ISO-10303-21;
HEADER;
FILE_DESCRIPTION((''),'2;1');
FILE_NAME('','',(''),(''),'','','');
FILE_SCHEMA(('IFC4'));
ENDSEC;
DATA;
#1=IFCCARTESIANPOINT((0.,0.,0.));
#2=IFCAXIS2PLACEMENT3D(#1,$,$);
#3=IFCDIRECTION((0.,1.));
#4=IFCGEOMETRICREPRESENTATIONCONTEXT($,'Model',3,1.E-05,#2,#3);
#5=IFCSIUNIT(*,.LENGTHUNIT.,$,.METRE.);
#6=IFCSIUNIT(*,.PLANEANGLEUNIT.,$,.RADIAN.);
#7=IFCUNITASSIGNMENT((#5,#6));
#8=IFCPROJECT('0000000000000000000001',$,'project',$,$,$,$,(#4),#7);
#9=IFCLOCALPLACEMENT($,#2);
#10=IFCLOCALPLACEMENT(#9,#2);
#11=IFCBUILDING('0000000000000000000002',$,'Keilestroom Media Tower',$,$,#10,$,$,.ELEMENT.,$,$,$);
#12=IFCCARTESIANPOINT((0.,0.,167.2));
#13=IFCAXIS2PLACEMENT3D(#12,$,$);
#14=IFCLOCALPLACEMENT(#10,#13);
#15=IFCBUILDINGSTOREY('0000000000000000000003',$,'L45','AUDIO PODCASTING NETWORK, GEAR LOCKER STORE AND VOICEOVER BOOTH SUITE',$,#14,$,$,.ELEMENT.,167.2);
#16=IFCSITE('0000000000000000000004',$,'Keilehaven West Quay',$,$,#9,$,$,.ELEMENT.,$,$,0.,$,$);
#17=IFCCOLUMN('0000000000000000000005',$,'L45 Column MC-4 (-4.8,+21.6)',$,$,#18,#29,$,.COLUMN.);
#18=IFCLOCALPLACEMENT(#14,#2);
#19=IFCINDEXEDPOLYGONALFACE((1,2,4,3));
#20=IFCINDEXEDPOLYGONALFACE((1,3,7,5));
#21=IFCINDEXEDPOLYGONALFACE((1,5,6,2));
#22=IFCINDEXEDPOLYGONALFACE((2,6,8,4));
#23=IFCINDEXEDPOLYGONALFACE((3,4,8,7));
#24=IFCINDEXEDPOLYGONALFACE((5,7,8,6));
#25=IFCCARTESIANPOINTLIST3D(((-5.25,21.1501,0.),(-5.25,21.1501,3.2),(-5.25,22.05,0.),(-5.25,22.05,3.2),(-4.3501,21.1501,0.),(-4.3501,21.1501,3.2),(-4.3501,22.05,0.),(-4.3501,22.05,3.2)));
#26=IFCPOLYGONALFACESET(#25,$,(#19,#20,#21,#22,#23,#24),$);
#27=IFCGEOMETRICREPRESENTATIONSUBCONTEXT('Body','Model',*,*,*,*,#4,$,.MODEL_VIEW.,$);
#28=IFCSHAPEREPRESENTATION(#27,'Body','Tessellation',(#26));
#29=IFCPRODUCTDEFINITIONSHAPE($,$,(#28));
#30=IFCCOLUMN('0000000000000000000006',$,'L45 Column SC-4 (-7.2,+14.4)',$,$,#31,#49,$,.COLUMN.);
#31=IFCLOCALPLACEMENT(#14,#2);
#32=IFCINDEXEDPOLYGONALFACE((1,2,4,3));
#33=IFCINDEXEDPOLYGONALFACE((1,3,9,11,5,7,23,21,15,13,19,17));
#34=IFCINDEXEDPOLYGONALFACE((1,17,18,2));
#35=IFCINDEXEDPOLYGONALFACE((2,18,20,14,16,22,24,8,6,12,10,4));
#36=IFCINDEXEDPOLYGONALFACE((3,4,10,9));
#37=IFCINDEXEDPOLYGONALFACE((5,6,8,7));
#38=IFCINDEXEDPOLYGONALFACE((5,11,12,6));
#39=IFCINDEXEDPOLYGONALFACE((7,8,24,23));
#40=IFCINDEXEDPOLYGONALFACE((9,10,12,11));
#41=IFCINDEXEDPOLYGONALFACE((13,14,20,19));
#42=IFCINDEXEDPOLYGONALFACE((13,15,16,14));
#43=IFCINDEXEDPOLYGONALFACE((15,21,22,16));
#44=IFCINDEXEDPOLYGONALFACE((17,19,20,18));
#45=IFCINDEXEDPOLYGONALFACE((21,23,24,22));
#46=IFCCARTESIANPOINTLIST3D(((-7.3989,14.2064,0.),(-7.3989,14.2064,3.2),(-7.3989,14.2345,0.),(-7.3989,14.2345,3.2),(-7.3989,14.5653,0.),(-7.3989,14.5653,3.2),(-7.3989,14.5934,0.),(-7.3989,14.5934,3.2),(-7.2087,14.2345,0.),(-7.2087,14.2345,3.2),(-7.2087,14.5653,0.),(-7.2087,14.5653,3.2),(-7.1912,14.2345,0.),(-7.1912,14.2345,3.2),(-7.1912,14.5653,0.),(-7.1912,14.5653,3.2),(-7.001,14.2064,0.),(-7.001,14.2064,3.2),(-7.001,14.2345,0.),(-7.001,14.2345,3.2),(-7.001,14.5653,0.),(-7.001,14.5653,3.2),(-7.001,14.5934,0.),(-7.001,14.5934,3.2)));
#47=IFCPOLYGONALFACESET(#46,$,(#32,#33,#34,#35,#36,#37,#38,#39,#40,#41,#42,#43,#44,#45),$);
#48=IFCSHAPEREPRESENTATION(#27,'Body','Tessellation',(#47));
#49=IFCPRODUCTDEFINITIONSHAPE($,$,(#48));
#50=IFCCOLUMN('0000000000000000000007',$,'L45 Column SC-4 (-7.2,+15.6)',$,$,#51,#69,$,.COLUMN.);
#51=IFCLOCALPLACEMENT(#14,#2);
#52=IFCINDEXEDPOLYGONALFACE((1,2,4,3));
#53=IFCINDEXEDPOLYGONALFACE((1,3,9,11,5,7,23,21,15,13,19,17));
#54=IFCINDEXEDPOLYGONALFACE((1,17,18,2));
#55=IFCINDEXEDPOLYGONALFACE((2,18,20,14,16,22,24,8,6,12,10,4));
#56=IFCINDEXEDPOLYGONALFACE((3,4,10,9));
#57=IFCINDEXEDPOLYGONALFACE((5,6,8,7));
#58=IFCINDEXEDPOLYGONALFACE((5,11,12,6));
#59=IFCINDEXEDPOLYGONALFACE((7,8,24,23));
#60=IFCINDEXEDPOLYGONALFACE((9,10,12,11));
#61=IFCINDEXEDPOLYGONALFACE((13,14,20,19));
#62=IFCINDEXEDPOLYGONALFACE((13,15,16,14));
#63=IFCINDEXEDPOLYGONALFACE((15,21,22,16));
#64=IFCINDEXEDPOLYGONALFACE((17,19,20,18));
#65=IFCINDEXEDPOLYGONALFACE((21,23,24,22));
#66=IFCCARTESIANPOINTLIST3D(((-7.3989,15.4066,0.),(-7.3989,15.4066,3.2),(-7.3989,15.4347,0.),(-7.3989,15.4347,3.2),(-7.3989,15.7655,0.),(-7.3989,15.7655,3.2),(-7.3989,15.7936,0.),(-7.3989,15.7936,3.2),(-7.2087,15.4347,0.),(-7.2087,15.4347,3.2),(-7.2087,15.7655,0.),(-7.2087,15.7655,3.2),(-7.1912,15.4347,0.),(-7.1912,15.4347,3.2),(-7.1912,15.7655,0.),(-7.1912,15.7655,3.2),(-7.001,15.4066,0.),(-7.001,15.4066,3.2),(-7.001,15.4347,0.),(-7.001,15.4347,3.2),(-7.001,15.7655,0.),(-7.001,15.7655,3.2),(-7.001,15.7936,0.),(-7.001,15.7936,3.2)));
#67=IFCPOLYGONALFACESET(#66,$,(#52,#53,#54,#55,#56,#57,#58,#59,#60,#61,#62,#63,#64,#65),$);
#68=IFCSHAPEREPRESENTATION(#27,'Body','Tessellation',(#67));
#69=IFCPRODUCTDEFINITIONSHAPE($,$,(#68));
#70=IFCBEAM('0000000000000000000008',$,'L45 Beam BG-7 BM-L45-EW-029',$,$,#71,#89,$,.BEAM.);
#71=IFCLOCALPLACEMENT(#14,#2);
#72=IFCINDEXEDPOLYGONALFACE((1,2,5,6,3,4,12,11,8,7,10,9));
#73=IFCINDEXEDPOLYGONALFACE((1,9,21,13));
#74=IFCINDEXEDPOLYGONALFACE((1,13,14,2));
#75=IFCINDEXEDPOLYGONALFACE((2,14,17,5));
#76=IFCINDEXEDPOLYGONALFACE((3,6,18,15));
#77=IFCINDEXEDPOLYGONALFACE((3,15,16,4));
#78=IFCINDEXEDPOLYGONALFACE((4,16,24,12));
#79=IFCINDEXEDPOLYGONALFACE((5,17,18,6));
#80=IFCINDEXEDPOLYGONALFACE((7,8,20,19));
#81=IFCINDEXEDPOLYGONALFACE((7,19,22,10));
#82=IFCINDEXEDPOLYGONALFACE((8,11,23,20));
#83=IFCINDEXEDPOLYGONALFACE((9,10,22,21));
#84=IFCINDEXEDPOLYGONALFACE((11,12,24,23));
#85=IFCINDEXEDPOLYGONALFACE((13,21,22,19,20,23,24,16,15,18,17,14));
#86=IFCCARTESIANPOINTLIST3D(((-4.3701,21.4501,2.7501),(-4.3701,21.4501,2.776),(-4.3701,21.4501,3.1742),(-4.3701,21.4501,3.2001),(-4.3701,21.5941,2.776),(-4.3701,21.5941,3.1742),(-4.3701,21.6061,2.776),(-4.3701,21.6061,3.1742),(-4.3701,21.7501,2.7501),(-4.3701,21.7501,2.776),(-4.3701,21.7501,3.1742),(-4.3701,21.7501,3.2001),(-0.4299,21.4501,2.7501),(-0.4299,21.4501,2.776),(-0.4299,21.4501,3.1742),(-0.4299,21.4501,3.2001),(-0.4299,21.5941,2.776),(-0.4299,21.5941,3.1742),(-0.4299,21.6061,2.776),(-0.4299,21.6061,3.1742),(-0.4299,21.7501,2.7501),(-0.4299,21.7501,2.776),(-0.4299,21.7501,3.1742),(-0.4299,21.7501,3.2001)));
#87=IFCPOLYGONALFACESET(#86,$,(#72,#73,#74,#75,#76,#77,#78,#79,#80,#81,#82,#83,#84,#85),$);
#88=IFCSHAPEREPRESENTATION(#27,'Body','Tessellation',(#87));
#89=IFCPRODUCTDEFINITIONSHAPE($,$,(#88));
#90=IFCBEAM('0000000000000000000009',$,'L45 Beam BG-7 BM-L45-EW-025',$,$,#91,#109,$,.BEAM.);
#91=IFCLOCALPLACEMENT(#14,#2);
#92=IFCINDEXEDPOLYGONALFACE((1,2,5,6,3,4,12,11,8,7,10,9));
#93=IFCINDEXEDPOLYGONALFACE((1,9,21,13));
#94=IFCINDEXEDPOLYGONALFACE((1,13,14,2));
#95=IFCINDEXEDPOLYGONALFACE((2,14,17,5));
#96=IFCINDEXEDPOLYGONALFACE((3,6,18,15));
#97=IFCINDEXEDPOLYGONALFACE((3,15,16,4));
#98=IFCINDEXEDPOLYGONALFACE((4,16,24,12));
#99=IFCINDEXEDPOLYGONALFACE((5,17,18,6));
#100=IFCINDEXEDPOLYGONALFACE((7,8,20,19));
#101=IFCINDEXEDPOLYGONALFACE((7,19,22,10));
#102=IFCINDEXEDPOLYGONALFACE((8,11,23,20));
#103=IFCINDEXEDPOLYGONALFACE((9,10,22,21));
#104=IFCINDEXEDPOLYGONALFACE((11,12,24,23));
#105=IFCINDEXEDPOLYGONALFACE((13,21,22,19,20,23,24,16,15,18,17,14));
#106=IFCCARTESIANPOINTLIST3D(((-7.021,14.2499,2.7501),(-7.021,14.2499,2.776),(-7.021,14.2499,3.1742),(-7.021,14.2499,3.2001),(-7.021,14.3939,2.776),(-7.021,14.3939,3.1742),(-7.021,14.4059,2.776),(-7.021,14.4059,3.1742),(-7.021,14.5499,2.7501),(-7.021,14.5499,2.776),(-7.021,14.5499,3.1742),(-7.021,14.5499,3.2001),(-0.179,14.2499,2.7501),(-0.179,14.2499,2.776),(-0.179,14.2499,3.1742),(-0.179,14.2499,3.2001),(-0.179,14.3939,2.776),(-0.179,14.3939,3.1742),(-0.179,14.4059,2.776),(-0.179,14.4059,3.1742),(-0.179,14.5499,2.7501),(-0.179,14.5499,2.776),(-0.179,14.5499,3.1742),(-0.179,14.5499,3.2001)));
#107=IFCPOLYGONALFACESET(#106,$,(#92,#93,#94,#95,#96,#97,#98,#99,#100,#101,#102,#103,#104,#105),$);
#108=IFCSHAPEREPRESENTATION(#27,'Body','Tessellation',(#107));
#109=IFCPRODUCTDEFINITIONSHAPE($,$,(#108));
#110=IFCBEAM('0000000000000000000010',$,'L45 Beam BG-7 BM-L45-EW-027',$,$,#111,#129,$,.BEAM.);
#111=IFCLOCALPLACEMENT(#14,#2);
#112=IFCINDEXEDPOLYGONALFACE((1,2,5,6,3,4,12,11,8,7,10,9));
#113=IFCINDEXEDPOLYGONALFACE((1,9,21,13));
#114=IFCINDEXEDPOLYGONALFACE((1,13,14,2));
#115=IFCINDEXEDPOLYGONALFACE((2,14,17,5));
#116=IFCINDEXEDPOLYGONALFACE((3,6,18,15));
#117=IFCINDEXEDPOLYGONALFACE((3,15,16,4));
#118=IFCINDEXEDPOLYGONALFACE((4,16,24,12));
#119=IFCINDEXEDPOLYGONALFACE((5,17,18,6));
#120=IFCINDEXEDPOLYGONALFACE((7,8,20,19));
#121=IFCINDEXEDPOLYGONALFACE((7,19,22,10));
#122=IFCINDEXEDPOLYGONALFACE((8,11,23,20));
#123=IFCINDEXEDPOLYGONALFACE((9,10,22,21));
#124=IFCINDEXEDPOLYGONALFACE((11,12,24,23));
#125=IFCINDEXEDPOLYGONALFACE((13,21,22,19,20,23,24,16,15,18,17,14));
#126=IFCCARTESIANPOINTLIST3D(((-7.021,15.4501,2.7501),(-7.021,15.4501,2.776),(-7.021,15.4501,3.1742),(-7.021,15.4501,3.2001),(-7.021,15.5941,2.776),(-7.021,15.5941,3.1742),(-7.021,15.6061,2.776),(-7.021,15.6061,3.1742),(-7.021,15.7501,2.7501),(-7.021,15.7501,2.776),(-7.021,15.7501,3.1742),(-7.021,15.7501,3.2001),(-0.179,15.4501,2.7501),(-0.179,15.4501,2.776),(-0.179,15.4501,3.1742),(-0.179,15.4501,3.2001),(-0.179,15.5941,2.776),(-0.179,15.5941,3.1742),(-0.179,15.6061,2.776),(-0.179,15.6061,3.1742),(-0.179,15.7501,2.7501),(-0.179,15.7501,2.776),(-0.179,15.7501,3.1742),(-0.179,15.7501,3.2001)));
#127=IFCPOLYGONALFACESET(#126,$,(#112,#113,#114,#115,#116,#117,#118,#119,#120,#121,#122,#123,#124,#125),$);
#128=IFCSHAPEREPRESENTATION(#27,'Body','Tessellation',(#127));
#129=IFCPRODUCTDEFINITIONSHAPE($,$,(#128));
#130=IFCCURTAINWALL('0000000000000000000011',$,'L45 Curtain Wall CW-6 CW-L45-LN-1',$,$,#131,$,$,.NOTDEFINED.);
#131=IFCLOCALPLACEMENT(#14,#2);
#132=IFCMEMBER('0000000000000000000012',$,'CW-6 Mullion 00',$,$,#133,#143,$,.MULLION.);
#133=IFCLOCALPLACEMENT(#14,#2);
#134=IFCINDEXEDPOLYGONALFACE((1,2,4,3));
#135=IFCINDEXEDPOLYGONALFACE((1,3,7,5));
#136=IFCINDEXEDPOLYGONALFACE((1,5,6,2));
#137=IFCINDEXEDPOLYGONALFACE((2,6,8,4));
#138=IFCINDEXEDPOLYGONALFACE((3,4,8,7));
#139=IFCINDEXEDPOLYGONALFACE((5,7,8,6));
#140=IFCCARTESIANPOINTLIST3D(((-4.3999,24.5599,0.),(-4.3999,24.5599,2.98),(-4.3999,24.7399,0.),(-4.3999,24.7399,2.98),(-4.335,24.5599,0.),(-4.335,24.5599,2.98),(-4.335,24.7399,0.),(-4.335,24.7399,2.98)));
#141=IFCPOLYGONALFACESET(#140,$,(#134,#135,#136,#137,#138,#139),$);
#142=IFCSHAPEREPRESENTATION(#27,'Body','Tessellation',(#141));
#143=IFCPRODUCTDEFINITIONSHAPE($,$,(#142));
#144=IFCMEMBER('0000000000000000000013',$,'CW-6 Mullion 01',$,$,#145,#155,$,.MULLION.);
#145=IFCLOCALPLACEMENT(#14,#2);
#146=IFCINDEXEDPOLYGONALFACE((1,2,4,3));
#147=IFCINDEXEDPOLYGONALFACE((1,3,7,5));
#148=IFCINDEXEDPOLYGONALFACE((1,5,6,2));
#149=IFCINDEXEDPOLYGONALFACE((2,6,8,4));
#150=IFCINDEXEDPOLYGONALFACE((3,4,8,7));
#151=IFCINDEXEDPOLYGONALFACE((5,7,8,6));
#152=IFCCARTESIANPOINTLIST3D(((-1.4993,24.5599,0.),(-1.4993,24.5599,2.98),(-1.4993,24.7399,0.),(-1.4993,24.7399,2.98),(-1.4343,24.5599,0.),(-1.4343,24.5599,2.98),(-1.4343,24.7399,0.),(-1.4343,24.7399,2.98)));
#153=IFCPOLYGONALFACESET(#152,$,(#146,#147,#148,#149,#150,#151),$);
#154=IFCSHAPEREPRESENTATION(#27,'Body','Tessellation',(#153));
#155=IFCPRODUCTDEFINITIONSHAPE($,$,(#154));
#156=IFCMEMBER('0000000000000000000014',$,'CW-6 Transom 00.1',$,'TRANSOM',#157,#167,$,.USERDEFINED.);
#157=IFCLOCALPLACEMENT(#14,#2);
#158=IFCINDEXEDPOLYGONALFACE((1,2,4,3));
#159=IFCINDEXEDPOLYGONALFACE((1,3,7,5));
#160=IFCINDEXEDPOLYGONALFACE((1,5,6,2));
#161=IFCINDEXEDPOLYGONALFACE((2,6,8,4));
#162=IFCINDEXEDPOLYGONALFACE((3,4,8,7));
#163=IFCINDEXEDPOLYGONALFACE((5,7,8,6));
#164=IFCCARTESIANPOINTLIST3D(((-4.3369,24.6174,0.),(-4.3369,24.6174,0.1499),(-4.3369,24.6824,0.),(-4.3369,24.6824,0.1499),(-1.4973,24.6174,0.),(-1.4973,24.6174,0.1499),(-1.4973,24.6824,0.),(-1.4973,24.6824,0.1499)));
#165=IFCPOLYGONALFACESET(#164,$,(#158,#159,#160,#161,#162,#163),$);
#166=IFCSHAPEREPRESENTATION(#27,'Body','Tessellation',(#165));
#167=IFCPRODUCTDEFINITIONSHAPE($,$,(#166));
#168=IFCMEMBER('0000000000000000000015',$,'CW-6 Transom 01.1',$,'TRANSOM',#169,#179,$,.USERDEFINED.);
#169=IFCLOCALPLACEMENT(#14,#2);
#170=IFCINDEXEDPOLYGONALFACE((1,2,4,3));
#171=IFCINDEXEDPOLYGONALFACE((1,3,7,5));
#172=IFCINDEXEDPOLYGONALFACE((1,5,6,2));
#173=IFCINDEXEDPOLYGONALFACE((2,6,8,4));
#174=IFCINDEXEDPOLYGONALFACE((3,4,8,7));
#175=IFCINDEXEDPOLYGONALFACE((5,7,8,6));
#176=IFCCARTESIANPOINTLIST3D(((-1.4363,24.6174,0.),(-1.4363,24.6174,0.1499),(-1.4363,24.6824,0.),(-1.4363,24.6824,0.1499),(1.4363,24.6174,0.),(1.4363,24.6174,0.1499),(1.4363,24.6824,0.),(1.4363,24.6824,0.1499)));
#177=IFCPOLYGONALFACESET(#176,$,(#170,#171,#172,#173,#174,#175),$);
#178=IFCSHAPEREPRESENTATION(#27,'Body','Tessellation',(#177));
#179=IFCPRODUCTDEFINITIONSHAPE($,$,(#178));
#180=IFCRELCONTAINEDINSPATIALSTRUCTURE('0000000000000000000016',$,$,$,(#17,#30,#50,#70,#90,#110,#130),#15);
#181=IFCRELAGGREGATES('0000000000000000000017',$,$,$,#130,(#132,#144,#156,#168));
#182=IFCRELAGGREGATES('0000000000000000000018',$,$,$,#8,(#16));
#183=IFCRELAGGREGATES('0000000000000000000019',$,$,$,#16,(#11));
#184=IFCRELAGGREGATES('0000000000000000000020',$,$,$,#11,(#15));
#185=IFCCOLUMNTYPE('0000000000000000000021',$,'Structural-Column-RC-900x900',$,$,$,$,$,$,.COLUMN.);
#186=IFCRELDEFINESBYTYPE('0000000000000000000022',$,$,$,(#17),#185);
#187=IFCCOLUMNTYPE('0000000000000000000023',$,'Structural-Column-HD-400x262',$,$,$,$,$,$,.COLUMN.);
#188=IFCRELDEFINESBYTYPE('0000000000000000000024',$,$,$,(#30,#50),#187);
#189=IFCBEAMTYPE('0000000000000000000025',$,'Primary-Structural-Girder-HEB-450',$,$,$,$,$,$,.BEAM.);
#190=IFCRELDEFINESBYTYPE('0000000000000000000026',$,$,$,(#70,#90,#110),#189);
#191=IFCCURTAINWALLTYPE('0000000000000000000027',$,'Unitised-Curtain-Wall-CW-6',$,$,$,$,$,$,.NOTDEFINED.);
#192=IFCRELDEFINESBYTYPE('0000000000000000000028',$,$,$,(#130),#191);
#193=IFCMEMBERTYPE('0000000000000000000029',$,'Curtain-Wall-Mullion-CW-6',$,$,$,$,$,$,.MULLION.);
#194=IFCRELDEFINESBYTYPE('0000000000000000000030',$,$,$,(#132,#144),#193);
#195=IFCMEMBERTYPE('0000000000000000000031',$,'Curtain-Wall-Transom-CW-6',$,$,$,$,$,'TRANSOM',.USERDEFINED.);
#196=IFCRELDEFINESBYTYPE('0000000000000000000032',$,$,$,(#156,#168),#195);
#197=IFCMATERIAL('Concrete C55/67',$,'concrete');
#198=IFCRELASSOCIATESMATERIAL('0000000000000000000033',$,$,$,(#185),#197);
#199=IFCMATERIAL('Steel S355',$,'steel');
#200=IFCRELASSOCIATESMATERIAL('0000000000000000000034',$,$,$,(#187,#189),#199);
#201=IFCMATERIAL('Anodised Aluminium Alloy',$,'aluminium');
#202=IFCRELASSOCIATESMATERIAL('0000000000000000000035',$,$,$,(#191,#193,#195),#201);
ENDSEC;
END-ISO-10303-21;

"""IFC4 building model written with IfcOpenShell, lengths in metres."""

from ifc_helpers import new_model, si_unit, direction, frame, origin, origin_2d, place, context, subcontext, project, spatial, rectangle, i_section, extrude, source, transform, mapped, material, material_profile, profile_set, type_object, element, aggregate, save


model = new_model("IFC4")

# Units and contexts
model_context = context("Model", 3, precision=1e-05, world=origin(), true_north=direction((0.0, 1.0)))
body_context = subcontext(model_context, "Body", "Model", "MODEL_VIEW")
ifc_project = project(units=[si_unit("LENGTHUNIT", "METRE"), si_unit("PLANEANGLEUNIT", "RADIAN")], contexts=[model_context])

# Site, building, storey
site_placement = place(None, origin())
site = spatial("IfcSite", under=ifc_project, at=site_placement, Name="Keilehaven West Quay", CompositionType="ELEMENT", RefElevation=0.0)
building_placement = place(site_placement, origin())
building = spatial("IfcBuilding", under=site, at=building_placement, Name="Keilestroom Media Tower", CompositionType="ELEMENT")
storey_placement = place(building_placement, frame((0.0, 0.0, 167.2)))
storey = spatial("IfcBuildingStorey", under=building, at=storey_placement, Name="L45", Description="AUDIO PODCASTING NETWORK, GEAR LOCKER STORE AND VOICEOVER BOOTH SUITE", CompositionType="ELEMENT", Elevation=167.2)

# Columns
ifc_material_1 = material(Name="Concrete C55/67", Category="concrete")
ifc_material_profile_1 = material_profile(ifc_material_1, rectangle(XDim=0.8999, YDim=0.8999, at=origin_2d()), Name="RC 900x900")
ifc_profile_set_1 = profile_set([ifc_material_profile_1], Name="Concrete C55/67")
column_type_1 = type_object("IfcColumnType", Name="Structural-Column-RC-900x900", PredefinedType="COLUMN", material=ifc_profile_set_1)
shared_shape_1 = source(origin(), body_context, "Body", "SweptSolid", [
    extrude(rectangle(XDim=0.8999, YDim=0.8999, at=origin_2d()), origin(), (0.0, 0.0, 1.0), 3.2),
])
column_placement = place(storey_placement, frame((-4.8, 21.6001, 0.0), z_axis=(0.0, 0.0, 1.0), x_axis=(1.0, 0.0, 0.0)))
element("IfcColumn", 1, at=column_placement, inside=storey, type_object=column_type_1, Name="L45 Column MC-4 (-4.8,+21.6)", PredefinedType="COLUMN", context=body_context, shape_type="MappedRepresentation", body=[
    mapped(shared_shape_1, transform((0.0, 0.0, 0.0), x_axis=(1.0, 0.0, 0.0), y_axis=(0.0, 1.0, 0.0), z_axis=(0.0, 0.0, 1.0), scale=1.0)),
])
ifc_material_2 = material(Name="Steel S355", Category="steel")
ifc_material_profile_2 = material_profile(ifc_material_2, i_section(OverallWidth=0.3979, OverallDepth=0.387, WebThickness=0.0176, FlangeThickness=0.0281, at=origin_2d()), Name="HD 400x262")
ifc_profile_set_2 = profile_set([ifc_material_profile_2], Name="Steel S355")
column_type_2 = type_object("IfcColumnType", Name="Structural-Column-HD-400x262", PredefinedType="COLUMN", material=ifc_profile_set_2)
shared_shape_2 = source(origin(), body_context, "Body", "SweptSolid", [
    extrude(i_section(OverallWidth=0.3979, OverallDepth=0.387, WebThickness=0.0176, FlangeThickness=0.0281, at=origin_2d()), origin(), (0.0, 0.0, 1.0), 3.2),
])
for number, where, z_axis, x_axis, name in (
    (2, (-7.2, 14.3999, 0.0), (0.0, 0.0, 1.0), (1.0, 0.0, 0.0), "L45 Column SC-4 (-7.2,+14.4)"),
    (3, (-7.2, 15.6001, 0.0), (0.0, 0.0, 1.0), (1.0, 0.0, 0.0), "L45 Column SC-4 (-7.2,+15.6)"),
):
    element("IfcColumn", number, at=place(storey_placement, frame(where, z_axis=z_axis, x_axis=x_axis)), inside=storey, type_object=column_type_2, Name=name, PredefinedType="COLUMN", context=body_context, shape_type="MappedRepresentation", body=[
        mapped(shared_shape_2, transform((0.0, 0.0, 0.0), x_axis=(1.0, 0.0, 0.0), y_axis=(0.0, 1.0, 0.0), z_axis=(0.0, 0.0, 1.0), scale=1.0)),
    ])

# Beams
ifc_material_profile_3 = material_profile(ifc_material_2, i_section(OverallWidth=0.3, OverallDepth=0.45, WebThickness=0.012, FlangeThickness=0.0259, at=origin_2d()), Name="HEB 450")
ifc_profile_set_3 = profile_set([ifc_material_profile_3], Name="Steel S355")
beam_type = type_object("IfcBeamType", Name="Primary-Structural-Girder-HEB-450", PredefinedType="BEAM", material=ifc_profile_set_3)
shared_shape_3 = source(origin(), body_context, "Body", "SweptSolid", [
    extrude(i_section(OverallWidth=0.3, OverallDepth=0.45, WebThickness=0.012, FlangeThickness=0.0259, at=origin_2d()), origin(), (0.0, 0.0, 1.0), 3.9402),
])
beam_placement = place(storey_placement, frame((-4.3701, 21.6001, 2.9751), z_axis=(1.0, 0.0, 0.0), x_axis=(0.0, 1.0, 0.0)))
element("IfcBeam", 4, at=beam_placement, inside=storey, type_object=beam_type, Name="L45 Beam BG-7 BM-L45-EW-029", PredefinedType="BEAM", context=body_context, shape_type="MappedRepresentation", body=[
    mapped(shared_shape_3, transform((0.0, 0.0, 0.0), x_axis=(1.0, 0.0, 0.0), y_axis=(0.0, 1.0, 0.0), z_axis=(0.0, 0.0, 1.0), scale=1.0)),
])
shared_shape_4 = source(origin(), body_context, "Body", "SweptSolid", [
    extrude(i_section(OverallWidth=0.3, OverallDepth=0.45, WebThickness=0.012, FlangeThickness=0.0259, at=origin_2d()), origin(), (0.0, 0.0, 1.0), 6.842),
])
for number, where, z_axis, x_axis, name in (
    (5, (-7.021, 14.3999, 2.9751), (1.0, 0.0, 0.0), (0.0, 1.0, 0.0), "L45 Beam BG-7 BM-L45-EW-025"),
    (6, (-7.021, 15.6001, 2.9751), (1.0, 0.0, 0.0), (0.0, 1.0, 0.0), "L45 Beam BG-7 BM-L45-EW-027"),
):
    element("IfcBeam", number, at=place(storey_placement, frame(where, z_axis=z_axis, x_axis=x_axis)), inside=storey, type_object=beam_type, Name=name, PredefinedType="BEAM", context=body_context, shape_type="MappedRepresentation", body=[
        mapped(shared_shape_4, transform((0.0, 0.0, 0.0), x_axis=(1.0, 0.0, 0.0), y_axis=(0.0, 1.0, 0.0), z_axis=(0.0, 0.0, 1.0), scale=1.0)),
    ])

# Curtain wall, members
ifc_material_3 = material(Name="Anodised Aluminium Alloy", Category="aluminium")
curtain_wall_type = type_object("IfcCurtainWallType", Name="Unitised-Curtain-Wall-CW-6", PredefinedType="NOTDEFINED", material=ifc_material_3)
curtain_wall_placement = place(storey_placement, origin())
curtain_wall = element("IfcCurtainWall", 7, at=curtain_wall_placement, inside=storey, type_object=curtain_wall_type, Name="L45 Curtain Wall CW-6 CW-L45-LN-1", PredefinedType="NOTDEFINED")
ifc_material_profile_4 = material_profile(ifc_material_3, rectangle(XDim=0.0649, YDim=0.1799, at=origin_2d()), Name="ALU MULLION 65x180")
ifc_profile_set_4 = profile_set([ifc_material_profile_4], Name="Anodised Aluminium Alloy")
member_type_1 = type_object("IfcMemberType", Name="Curtain-Wall-Mullion-CW-6", PredefinedType="MULLION", material=ifc_profile_set_4)
shared_shape_5 = source(origin(), body_context, "Body", "SweptSolid", [
    extrude(rectangle(XDim=0.0649, YDim=0.1799, at=origin_2d()), origin(), (0.0, 0.0, 1.0), 2.98),
])
member_1_placement = place(storey_placement, frame((-4.3674, 24.6499, 0.0), z_axis=(0.0, 0.0, 1.0), x_axis=(1.0, 0.0, 0.0)))
member_1 = element("IfcMember", 8, at=member_1_placement, type_object=member_type_1, Name="CW-6 Mullion 00", PredefinedType="MULLION", context=body_context, shape_type="MappedRepresentation", body=[
    mapped(shared_shape_5, transform((0.0, 0.0, 0.0), x_axis=(1.0, 0.0, 0.0), y_axis=(0.0, 1.0, 0.0), z_axis=(0.0, 0.0, 1.0), scale=1.0)),
])
member_2_placement = place(storey_placement, frame((-1.4668, 24.6499, 0.0), z_axis=(0.0, 0.0, 1.0), x_axis=(1.0, 0.0, 0.0)))
member_2 = element("IfcMember", 9, at=member_2_placement, type_object=member_type_1, Name="CW-6 Mullion 01", PredefinedType="MULLION", context=body_context, shape_type="MappedRepresentation", body=[
    mapped(shared_shape_5, transform((0.0, 0.0, 0.0), x_axis=(1.0, 0.0, 0.0), y_axis=(0.0, 1.0, 0.0), z_axis=(0.0, 0.0, 1.0), scale=1.0)),
])
ifc_material_profile_5 = material_profile(ifc_material_3, rectangle(XDim=0.0649, YDim=0.1499, at=origin_2d()), Name="ALU TRANSOM 65x150")
ifc_profile_set_5 = profile_set([ifc_material_profile_5], Name="Anodised Aluminium Alloy")
member_type_2 = type_object("IfcMemberType", Name="Curtain-Wall-Transom-CW-6", ElementType="TRANSOM", PredefinedType="USERDEFINED", material=ifc_profile_set_5)
shared_shape_6 = source(origin(), body_context, "Body", "SweptSolid", [
    extrude(rectangle(XDim=0.0649, YDim=0.1499, at=origin_2d()), origin(), (0.0, 0.0, 1.0), 2.8396),
])
member_3_placement = place(storey_placement, frame((-4.3369, 24.6499, 0.075), z_axis=(1.0, 0.0, 0.0), x_axis=(0.0, 1.0, 0.0)))
member_3 = element("IfcMember", 10, at=member_3_placement, type_object=member_type_2, Name="CW-6 Transom 00.1", ObjectType="TRANSOM", PredefinedType="USERDEFINED", context=body_context, shape_type="MappedRepresentation", body=[
    mapped(shared_shape_6, transform((0.0, 0.0, 0.0), x_axis=(1.0, 0.0, 0.0), y_axis=(0.0, 1.0, 0.0), z_axis=(0.0, 0.0, 1.0), scale=1.0)),
])
shared_shape_7 = source(origin(), body_context, "Body", "SweptSolid", [
    extrude(rectangle(XDim=0.0649, YDim=0.1499, at=origin_2d()), origin(), (0.0, 0.0, 1.0), 2.8726),
])
member_4_placement = place(storey_placement, frame((-1.4363, 24.6499, 0.075), z_axis=(1.0, 0.0, 0.0), x_axis=(0.0, 1.0, 0.0)))
member_4 = element("IfcMember", 11, at=member_4_placement, type_object=member_type_2, Name="CW-6 Transom 01.1", ObjectType="TRANSOM", PredefinedType="USERDEFINED", context=body_context, shape_type="MappedRepresentation", body=[
    mapped(shared_shape_7, transform((0.0, 0.0, 0.0), x_axis=(1.0, 0.0, 0.0), y_axis=(0.0, 1.0, 0.0), z_axis=(0.0, 0.0, 1.0), scale=1.0)),
])
aggregate(curtain_wall, [member_1, member_2, member_3, member_4])

save(model, "model.ifc")
